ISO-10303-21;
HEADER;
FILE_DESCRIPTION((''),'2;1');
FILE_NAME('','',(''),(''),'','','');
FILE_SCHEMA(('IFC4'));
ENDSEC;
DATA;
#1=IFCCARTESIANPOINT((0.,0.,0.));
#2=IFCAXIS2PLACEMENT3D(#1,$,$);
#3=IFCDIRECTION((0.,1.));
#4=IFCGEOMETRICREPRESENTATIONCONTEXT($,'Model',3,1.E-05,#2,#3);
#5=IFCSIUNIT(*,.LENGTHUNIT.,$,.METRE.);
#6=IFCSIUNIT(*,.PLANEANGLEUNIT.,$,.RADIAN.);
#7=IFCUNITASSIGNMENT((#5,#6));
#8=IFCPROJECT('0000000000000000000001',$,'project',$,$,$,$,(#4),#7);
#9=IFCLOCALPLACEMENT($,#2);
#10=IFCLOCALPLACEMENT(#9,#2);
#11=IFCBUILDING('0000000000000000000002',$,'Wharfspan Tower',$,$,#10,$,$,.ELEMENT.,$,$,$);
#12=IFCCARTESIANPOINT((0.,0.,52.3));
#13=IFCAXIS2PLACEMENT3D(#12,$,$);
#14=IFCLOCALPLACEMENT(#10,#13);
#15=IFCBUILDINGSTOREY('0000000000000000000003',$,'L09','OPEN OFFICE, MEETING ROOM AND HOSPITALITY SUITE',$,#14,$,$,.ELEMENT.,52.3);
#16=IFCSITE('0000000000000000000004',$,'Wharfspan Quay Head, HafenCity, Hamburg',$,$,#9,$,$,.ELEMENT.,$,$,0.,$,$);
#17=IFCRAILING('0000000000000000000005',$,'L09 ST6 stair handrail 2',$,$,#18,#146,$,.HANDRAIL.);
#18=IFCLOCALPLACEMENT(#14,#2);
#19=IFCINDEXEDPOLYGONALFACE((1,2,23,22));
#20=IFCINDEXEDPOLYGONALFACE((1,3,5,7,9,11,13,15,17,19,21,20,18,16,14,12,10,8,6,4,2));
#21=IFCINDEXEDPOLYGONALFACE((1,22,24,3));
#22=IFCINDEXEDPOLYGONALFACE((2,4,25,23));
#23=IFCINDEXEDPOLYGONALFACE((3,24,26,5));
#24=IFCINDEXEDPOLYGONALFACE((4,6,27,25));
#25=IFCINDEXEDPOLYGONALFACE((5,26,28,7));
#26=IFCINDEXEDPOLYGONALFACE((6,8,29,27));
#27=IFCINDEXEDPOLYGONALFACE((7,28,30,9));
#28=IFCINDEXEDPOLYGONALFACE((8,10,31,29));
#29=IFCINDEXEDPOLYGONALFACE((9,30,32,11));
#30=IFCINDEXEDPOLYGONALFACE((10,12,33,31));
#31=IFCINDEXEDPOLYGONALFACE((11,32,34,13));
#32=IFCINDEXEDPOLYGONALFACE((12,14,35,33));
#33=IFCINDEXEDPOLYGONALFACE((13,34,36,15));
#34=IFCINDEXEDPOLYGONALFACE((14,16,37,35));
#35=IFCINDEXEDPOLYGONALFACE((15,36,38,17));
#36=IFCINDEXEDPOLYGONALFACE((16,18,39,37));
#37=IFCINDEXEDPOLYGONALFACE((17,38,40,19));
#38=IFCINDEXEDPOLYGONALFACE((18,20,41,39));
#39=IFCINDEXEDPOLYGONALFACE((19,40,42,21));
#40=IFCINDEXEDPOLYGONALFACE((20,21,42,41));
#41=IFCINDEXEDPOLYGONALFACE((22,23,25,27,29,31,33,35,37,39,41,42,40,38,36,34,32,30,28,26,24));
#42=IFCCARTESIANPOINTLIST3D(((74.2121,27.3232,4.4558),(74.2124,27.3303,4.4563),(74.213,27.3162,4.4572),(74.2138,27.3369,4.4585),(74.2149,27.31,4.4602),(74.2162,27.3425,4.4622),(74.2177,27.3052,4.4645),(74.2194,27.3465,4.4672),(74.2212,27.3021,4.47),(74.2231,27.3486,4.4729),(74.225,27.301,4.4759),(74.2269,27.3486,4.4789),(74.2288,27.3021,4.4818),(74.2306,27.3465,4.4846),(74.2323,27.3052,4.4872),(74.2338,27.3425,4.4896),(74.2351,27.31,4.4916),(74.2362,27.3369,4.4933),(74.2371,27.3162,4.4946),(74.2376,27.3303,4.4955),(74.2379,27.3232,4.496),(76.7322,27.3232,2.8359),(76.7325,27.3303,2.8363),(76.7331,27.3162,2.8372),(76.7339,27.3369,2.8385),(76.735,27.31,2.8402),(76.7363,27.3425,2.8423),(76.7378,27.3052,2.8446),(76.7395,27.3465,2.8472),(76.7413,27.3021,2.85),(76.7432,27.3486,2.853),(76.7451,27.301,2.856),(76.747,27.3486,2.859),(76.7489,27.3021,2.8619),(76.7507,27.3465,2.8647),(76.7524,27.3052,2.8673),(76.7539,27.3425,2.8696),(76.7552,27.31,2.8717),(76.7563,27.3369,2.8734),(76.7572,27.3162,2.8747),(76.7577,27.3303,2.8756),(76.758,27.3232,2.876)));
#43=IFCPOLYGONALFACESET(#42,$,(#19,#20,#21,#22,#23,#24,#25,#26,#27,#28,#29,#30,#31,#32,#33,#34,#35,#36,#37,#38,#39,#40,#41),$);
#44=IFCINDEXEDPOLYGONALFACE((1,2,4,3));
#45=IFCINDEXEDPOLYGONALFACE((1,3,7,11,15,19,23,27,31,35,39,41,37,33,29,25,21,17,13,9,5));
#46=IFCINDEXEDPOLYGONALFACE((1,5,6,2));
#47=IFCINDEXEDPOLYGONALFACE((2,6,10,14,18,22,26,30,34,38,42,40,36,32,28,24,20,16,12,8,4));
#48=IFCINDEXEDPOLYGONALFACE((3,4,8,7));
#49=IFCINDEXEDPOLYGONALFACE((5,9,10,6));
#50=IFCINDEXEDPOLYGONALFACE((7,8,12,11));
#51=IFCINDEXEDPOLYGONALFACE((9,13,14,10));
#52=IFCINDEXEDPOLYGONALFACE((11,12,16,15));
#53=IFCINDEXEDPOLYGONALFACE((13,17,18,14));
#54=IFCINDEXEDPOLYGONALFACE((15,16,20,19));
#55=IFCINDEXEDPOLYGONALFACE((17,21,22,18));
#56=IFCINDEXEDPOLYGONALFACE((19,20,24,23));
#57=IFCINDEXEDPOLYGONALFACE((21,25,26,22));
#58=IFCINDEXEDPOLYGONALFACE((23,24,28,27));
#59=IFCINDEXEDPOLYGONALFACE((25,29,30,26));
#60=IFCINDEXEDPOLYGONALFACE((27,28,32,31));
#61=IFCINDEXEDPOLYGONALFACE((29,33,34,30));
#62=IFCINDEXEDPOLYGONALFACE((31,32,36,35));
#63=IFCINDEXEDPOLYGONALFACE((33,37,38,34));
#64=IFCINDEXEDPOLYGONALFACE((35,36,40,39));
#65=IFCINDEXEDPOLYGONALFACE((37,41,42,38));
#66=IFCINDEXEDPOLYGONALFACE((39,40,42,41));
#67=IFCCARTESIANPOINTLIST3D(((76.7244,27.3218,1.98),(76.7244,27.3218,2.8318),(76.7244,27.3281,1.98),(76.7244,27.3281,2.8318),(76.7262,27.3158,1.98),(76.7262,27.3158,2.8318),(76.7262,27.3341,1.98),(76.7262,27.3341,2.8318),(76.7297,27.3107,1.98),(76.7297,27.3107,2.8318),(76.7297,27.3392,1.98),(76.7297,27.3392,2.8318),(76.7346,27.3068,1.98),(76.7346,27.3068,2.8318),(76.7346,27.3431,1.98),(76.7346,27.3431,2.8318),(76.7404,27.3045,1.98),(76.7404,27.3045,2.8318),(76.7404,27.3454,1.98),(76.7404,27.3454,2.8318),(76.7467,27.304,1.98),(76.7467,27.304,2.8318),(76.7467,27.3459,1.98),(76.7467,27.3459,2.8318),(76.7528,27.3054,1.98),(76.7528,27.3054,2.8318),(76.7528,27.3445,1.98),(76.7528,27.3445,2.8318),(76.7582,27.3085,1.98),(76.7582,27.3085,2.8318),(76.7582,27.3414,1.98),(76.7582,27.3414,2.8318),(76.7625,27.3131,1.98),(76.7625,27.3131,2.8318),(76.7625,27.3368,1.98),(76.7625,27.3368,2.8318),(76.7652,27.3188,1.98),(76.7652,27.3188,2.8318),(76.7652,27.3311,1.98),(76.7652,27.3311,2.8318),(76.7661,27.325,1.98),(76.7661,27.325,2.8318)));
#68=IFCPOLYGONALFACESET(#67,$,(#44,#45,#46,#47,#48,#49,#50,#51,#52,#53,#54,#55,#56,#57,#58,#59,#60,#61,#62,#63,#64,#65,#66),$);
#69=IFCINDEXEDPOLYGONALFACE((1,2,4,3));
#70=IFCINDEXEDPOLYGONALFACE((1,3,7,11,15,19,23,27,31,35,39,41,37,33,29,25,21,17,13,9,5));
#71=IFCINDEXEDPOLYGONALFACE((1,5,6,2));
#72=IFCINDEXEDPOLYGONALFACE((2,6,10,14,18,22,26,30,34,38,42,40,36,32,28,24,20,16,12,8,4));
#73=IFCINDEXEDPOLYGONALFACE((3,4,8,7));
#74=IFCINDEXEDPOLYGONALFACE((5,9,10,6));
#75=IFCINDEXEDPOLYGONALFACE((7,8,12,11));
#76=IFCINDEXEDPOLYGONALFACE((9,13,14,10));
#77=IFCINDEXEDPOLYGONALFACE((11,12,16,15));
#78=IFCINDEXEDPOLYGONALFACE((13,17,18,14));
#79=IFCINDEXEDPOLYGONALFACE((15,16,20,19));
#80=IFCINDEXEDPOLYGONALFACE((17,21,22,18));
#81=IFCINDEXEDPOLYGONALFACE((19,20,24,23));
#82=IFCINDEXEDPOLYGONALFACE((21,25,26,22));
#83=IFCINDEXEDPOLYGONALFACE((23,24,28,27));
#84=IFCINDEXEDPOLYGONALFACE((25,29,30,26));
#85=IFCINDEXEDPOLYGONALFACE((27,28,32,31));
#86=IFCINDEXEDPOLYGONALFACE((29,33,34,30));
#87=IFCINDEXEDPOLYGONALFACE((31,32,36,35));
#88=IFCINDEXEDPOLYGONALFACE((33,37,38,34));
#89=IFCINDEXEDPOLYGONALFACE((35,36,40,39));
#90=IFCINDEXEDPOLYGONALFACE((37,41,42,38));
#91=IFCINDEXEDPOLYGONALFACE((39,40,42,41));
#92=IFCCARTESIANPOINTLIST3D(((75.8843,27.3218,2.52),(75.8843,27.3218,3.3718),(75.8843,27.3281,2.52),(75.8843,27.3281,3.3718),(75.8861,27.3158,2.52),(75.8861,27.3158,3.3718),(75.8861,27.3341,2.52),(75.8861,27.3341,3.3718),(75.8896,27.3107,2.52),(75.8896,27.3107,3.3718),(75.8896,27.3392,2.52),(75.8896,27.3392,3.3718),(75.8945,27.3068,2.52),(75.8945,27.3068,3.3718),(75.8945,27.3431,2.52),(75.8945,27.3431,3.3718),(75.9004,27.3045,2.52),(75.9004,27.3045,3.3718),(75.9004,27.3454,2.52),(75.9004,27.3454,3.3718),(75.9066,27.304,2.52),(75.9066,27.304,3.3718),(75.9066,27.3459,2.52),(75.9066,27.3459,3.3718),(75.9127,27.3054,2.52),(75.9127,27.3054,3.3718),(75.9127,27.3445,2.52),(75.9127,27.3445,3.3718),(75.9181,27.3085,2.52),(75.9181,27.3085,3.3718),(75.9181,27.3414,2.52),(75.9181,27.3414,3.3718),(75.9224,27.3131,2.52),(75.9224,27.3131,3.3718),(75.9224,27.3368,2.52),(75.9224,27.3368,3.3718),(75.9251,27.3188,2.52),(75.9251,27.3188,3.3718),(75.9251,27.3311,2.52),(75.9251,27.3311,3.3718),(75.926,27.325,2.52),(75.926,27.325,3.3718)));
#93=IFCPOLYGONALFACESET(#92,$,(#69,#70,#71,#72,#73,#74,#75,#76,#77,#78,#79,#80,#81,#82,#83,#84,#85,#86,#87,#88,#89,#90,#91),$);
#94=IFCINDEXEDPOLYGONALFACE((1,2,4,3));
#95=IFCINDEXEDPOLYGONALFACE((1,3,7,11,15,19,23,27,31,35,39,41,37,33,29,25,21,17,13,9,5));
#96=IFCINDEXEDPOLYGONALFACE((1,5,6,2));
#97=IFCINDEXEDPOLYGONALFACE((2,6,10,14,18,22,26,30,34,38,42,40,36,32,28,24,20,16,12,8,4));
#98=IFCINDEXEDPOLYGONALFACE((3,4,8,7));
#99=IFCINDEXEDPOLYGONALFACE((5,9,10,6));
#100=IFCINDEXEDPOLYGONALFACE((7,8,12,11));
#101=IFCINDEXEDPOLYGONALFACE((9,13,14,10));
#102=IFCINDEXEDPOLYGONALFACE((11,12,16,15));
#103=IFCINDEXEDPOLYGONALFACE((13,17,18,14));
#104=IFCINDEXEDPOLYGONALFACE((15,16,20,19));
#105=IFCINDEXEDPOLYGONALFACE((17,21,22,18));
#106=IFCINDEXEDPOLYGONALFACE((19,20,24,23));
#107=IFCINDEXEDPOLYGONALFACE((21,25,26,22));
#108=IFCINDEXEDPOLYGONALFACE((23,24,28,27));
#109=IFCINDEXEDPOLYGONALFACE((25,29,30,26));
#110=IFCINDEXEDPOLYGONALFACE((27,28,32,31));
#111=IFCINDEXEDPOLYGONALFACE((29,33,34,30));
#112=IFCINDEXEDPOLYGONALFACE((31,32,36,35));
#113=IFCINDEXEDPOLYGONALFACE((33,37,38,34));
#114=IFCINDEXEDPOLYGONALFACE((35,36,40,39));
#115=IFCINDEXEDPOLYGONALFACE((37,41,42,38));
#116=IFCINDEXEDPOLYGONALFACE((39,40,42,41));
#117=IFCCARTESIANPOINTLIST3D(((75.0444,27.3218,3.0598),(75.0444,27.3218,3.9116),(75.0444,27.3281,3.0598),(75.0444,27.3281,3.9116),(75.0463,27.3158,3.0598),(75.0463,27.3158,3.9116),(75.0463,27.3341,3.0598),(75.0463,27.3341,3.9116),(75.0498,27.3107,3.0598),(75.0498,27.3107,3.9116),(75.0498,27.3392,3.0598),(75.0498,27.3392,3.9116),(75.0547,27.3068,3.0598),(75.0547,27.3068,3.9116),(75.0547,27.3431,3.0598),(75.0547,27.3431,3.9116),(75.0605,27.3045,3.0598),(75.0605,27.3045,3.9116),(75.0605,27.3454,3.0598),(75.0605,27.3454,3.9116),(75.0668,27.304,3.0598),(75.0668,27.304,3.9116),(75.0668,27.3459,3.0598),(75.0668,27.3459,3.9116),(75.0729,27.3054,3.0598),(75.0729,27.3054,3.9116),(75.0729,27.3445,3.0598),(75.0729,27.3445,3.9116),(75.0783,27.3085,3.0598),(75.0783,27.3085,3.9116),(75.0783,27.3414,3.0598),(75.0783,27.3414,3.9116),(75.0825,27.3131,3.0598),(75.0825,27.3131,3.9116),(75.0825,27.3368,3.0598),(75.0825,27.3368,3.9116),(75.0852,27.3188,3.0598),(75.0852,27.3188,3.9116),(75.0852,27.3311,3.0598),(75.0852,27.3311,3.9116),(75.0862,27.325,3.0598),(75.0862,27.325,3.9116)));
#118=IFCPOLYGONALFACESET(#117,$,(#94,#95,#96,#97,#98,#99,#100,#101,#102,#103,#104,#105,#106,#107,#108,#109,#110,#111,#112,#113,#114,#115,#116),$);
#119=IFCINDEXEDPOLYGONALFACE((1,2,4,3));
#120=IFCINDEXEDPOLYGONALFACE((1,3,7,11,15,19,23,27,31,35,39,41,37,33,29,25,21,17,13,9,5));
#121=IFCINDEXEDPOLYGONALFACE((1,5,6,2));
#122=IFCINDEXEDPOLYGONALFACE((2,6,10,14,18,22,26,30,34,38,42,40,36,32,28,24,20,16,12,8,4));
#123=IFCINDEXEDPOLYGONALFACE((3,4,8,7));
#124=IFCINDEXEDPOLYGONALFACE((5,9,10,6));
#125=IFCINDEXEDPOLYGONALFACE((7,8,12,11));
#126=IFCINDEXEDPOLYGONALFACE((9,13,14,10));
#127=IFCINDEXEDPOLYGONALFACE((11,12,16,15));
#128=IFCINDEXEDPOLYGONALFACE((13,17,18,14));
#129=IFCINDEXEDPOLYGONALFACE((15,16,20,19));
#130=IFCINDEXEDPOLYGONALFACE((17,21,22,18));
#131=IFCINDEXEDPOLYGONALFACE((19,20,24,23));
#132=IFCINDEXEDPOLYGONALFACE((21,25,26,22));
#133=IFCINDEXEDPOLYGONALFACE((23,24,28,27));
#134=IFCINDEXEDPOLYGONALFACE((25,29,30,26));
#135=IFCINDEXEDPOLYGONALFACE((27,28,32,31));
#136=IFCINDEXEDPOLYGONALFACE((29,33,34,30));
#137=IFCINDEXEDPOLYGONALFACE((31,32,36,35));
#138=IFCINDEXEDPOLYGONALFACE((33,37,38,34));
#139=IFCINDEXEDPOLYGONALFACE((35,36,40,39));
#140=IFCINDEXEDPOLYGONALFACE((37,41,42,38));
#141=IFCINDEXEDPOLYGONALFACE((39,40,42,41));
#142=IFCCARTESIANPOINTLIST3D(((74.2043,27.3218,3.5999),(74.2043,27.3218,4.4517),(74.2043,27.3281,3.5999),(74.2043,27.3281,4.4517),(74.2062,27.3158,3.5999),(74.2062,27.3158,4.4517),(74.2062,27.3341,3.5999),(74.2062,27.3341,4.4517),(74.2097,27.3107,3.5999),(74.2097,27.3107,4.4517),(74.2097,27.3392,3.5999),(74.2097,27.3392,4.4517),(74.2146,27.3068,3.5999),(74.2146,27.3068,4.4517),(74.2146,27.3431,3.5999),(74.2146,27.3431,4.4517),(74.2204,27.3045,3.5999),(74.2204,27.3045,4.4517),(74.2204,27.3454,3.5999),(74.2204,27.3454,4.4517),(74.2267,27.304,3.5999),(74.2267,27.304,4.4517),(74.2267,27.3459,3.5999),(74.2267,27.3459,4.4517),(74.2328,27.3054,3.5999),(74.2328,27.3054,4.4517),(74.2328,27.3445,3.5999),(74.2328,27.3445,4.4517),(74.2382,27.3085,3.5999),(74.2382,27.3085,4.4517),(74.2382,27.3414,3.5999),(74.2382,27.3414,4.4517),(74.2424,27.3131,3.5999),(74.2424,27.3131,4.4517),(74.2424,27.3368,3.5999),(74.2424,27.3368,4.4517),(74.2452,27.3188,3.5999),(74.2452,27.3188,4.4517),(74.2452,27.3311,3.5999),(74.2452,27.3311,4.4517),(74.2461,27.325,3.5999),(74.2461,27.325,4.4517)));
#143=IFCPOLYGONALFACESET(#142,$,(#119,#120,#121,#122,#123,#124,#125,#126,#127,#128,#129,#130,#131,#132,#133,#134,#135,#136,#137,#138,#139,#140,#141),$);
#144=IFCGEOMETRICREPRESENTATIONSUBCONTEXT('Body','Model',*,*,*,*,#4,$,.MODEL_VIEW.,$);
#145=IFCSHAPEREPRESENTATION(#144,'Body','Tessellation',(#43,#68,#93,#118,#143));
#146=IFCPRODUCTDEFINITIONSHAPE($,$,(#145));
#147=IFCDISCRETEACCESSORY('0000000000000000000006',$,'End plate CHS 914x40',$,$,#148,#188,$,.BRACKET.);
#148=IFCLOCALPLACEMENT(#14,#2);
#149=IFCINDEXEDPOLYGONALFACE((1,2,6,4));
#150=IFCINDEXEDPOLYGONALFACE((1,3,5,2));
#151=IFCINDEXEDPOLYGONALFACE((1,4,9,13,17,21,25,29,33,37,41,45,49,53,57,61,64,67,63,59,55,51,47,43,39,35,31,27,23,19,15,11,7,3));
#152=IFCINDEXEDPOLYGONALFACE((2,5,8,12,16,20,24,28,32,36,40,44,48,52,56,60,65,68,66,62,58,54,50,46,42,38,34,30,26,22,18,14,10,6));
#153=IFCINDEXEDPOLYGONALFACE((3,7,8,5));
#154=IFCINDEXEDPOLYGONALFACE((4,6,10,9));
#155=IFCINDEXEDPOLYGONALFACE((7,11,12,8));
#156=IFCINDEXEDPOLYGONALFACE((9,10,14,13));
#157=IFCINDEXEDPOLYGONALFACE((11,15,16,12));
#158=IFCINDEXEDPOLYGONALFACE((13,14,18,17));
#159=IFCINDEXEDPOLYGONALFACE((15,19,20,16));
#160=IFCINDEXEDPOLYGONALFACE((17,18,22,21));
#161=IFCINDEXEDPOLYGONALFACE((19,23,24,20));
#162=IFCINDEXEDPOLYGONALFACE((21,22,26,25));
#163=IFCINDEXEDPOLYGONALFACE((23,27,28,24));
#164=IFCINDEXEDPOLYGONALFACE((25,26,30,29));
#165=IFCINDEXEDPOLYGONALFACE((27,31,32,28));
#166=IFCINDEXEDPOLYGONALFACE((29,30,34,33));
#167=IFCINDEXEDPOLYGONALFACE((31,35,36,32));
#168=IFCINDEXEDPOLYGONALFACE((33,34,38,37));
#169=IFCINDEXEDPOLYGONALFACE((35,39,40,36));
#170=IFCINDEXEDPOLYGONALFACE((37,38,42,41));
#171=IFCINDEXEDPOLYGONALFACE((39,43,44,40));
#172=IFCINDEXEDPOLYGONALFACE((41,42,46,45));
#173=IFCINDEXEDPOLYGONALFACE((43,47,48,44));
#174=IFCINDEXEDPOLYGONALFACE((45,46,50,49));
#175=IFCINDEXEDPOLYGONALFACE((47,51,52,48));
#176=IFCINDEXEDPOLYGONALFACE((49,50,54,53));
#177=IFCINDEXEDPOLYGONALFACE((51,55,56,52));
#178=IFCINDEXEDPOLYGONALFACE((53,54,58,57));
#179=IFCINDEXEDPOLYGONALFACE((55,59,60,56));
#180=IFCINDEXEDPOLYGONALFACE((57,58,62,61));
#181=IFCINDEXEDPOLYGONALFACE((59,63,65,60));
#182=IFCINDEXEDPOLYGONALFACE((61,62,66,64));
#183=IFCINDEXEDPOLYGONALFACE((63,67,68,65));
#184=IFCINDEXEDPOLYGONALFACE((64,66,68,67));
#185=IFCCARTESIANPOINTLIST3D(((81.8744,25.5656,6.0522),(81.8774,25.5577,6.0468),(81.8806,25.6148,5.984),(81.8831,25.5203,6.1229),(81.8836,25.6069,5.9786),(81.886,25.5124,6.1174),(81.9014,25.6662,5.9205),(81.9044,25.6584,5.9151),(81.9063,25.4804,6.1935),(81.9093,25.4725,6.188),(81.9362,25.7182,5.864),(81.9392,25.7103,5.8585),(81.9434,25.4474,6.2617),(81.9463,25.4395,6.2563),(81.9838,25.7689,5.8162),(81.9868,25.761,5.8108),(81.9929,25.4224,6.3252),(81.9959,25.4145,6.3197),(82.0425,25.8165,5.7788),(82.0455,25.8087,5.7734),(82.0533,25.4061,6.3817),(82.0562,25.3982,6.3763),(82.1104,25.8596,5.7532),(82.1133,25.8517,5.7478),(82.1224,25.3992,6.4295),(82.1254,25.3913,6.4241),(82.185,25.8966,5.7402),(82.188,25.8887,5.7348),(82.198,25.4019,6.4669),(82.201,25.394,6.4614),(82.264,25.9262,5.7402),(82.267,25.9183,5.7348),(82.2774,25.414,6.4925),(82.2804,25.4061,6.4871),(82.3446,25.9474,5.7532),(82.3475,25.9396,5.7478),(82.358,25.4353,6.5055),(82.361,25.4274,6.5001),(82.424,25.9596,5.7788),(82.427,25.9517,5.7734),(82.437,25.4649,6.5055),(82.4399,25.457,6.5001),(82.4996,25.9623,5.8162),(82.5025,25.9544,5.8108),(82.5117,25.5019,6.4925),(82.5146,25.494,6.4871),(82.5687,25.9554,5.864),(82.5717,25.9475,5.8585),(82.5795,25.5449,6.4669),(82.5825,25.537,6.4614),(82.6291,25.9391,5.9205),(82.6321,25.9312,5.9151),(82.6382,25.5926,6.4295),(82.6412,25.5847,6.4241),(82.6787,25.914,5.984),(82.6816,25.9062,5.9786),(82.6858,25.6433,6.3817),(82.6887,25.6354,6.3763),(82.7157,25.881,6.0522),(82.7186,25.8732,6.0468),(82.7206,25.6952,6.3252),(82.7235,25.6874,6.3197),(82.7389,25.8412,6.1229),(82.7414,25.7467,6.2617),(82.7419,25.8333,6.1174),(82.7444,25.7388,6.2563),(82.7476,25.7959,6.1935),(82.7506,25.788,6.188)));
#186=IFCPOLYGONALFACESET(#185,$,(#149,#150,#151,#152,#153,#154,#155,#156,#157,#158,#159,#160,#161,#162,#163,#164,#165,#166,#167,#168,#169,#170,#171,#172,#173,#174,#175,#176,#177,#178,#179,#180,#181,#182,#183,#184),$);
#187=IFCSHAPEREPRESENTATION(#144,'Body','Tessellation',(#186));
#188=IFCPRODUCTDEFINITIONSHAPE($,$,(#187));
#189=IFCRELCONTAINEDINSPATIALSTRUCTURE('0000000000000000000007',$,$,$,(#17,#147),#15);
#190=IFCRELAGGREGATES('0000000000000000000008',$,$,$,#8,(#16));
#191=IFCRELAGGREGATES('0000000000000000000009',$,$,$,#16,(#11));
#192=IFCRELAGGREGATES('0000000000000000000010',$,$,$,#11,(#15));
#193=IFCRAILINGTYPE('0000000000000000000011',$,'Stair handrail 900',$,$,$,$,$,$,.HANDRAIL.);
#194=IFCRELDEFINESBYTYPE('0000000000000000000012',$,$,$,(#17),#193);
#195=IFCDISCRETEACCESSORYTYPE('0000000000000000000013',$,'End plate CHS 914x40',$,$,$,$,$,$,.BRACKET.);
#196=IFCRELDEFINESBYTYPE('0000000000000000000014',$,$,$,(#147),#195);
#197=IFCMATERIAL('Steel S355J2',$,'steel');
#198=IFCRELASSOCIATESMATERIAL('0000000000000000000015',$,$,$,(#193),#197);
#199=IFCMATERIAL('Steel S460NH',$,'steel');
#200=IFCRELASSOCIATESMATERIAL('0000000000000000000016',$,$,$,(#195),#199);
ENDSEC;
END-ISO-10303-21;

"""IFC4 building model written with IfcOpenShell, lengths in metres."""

from ifc_helpers import new_model, si_unit, direction, frame, origin, origin_2d, place, context, subcontext, project, spatial, circle, extrude, material, material_profile, profile_set, type_object, element, save


model = new_model("IFC4")

# Units and contexts
model_context = context("Model", 3, precision=1e-05, world=origin(), true_north=direction((0.0, 1.0)))
body_context = subcontext(model_context, "Body", "Model", "MODEL_VIEW")
ifc_project = project(units=[si_unit("LENGTHUNIT", "METRE"), si_unit("PLANEANGLEUNIT", "RADIAN")], contexts=[model_context])

# Site, building, storey
site_placement = place(None, origin())
site = spatial("IfcSite", under=ifc_project, at=site_placement, Name="Wharfspan Quay Head, HafenCity, Hamburg", CompositionType="ELEMENT", RefElevation=0.0)
building_placement = place(site_placement, origin())
building = spatial("IfcBuilding", under=site, at=building_placement, Name="Wharfspan Tower", CompositionType="ELEMENT")
storey_placement = place(building_placement, frame((0.0, 0.0, 52.3)))
storey = spatial("IfcBuildingStorey", under=building, at=storey_placement, Name="L09", Description="OPEN OFFICE, MEETING ROOM AND HOSPITALITY SUITE", CompositionType="ELEMENT", Elevation=52.3)

# Shared definitions
ifc_material_1 = material(Name="Steel S355J2", Category="steel")

# Shared definitions
ifc_material_2 = material(Name="Steel S460NH", Category="steel")

# Railing
railing_type_1 = type_object("IfcRailingType", Name="Stair handrail 900", PredefinedType="HANDRAIL", material=ifc_material_1)
railing_1_placement = place(storey_placement, frame((76.7451, 27.325, 1.98)))
element("IfcRailing", 1, at=railing_1_placement, inside=storey, type_object=railing_type_1, Name="L09 ST6 stair handrail 2", PredefinedType="HANDRAIL", context=body_context, shape_type="SweptSolid", body=[
    extrude(circle(Radius=0.0239, at=origin_2d()), frame((0.0, 0.0, 0.876), z_axis=(-0.8412, 0.0, 0.540725), x_axis=(0.0, -1.0, 0.0)), (0.0, 0.0, 1.0), 2.9958),
    extrude(circle(Radius=0.021, at=origin_2d()), origin(), (0.0, 0.0, 1.0), 0.8518),
    extrude(circle(Radius=0.021, at=origin_2d()), frame((-0.8401, 0.0, 0.54)), (0.0, 0.0, 1.0), 0.8518),
    extrude(circle(Radius=0.021, at=origin_2d()), frame((-1.6799, 0.0, 1.0798)), (0.0, 0.0, 1.0), 0.8518),
    extrude(circle(Radius=0.021, at=origin_2d()), frame((-2.52, 0.0, 1.6199)), (0.0, 0.0, 1.0), 0.8518),
])

# Discrete accessory
ifc_material_profile_1 = material_profile(ifc_material_2, circle(Radius=0.457, at=origin_2d()))
ifc_profile_set_1 = profile_set([ifc_material_profile_1], Name="Steel S460NH")
discrete_accessory_type = type_object("IfcDiscreteAccessoryType", Name="End plate CHS 914x40", PredefinedType="BRACKET", material=ifc_profile_set_1)
for number, where, z_axis, x_axis, name in (
    (2, (82.314, 25.6729, 6.1174), (-0.295241, 0.787309, 0.541275), (-0.936333, -0.351125, 0.0), "End plate CHS 914x40"),
):
    element("IfcDiscreteAccessory", number, at=place(storey_placement, frame(where, z_axis=z_axis, x_axis=x_axis)), inside=storey, type_object=discrete_accessory_type, Name=name, PredefinedType="BRACKET", context=body_context, shape_type="SweptSolid", body=[
        extrude(circle(Radius=0.457, at=origin_2d()), origin(), (0.0, 0.0, 1.0), 0.01),
    ])

save(model, "model.ifc")
